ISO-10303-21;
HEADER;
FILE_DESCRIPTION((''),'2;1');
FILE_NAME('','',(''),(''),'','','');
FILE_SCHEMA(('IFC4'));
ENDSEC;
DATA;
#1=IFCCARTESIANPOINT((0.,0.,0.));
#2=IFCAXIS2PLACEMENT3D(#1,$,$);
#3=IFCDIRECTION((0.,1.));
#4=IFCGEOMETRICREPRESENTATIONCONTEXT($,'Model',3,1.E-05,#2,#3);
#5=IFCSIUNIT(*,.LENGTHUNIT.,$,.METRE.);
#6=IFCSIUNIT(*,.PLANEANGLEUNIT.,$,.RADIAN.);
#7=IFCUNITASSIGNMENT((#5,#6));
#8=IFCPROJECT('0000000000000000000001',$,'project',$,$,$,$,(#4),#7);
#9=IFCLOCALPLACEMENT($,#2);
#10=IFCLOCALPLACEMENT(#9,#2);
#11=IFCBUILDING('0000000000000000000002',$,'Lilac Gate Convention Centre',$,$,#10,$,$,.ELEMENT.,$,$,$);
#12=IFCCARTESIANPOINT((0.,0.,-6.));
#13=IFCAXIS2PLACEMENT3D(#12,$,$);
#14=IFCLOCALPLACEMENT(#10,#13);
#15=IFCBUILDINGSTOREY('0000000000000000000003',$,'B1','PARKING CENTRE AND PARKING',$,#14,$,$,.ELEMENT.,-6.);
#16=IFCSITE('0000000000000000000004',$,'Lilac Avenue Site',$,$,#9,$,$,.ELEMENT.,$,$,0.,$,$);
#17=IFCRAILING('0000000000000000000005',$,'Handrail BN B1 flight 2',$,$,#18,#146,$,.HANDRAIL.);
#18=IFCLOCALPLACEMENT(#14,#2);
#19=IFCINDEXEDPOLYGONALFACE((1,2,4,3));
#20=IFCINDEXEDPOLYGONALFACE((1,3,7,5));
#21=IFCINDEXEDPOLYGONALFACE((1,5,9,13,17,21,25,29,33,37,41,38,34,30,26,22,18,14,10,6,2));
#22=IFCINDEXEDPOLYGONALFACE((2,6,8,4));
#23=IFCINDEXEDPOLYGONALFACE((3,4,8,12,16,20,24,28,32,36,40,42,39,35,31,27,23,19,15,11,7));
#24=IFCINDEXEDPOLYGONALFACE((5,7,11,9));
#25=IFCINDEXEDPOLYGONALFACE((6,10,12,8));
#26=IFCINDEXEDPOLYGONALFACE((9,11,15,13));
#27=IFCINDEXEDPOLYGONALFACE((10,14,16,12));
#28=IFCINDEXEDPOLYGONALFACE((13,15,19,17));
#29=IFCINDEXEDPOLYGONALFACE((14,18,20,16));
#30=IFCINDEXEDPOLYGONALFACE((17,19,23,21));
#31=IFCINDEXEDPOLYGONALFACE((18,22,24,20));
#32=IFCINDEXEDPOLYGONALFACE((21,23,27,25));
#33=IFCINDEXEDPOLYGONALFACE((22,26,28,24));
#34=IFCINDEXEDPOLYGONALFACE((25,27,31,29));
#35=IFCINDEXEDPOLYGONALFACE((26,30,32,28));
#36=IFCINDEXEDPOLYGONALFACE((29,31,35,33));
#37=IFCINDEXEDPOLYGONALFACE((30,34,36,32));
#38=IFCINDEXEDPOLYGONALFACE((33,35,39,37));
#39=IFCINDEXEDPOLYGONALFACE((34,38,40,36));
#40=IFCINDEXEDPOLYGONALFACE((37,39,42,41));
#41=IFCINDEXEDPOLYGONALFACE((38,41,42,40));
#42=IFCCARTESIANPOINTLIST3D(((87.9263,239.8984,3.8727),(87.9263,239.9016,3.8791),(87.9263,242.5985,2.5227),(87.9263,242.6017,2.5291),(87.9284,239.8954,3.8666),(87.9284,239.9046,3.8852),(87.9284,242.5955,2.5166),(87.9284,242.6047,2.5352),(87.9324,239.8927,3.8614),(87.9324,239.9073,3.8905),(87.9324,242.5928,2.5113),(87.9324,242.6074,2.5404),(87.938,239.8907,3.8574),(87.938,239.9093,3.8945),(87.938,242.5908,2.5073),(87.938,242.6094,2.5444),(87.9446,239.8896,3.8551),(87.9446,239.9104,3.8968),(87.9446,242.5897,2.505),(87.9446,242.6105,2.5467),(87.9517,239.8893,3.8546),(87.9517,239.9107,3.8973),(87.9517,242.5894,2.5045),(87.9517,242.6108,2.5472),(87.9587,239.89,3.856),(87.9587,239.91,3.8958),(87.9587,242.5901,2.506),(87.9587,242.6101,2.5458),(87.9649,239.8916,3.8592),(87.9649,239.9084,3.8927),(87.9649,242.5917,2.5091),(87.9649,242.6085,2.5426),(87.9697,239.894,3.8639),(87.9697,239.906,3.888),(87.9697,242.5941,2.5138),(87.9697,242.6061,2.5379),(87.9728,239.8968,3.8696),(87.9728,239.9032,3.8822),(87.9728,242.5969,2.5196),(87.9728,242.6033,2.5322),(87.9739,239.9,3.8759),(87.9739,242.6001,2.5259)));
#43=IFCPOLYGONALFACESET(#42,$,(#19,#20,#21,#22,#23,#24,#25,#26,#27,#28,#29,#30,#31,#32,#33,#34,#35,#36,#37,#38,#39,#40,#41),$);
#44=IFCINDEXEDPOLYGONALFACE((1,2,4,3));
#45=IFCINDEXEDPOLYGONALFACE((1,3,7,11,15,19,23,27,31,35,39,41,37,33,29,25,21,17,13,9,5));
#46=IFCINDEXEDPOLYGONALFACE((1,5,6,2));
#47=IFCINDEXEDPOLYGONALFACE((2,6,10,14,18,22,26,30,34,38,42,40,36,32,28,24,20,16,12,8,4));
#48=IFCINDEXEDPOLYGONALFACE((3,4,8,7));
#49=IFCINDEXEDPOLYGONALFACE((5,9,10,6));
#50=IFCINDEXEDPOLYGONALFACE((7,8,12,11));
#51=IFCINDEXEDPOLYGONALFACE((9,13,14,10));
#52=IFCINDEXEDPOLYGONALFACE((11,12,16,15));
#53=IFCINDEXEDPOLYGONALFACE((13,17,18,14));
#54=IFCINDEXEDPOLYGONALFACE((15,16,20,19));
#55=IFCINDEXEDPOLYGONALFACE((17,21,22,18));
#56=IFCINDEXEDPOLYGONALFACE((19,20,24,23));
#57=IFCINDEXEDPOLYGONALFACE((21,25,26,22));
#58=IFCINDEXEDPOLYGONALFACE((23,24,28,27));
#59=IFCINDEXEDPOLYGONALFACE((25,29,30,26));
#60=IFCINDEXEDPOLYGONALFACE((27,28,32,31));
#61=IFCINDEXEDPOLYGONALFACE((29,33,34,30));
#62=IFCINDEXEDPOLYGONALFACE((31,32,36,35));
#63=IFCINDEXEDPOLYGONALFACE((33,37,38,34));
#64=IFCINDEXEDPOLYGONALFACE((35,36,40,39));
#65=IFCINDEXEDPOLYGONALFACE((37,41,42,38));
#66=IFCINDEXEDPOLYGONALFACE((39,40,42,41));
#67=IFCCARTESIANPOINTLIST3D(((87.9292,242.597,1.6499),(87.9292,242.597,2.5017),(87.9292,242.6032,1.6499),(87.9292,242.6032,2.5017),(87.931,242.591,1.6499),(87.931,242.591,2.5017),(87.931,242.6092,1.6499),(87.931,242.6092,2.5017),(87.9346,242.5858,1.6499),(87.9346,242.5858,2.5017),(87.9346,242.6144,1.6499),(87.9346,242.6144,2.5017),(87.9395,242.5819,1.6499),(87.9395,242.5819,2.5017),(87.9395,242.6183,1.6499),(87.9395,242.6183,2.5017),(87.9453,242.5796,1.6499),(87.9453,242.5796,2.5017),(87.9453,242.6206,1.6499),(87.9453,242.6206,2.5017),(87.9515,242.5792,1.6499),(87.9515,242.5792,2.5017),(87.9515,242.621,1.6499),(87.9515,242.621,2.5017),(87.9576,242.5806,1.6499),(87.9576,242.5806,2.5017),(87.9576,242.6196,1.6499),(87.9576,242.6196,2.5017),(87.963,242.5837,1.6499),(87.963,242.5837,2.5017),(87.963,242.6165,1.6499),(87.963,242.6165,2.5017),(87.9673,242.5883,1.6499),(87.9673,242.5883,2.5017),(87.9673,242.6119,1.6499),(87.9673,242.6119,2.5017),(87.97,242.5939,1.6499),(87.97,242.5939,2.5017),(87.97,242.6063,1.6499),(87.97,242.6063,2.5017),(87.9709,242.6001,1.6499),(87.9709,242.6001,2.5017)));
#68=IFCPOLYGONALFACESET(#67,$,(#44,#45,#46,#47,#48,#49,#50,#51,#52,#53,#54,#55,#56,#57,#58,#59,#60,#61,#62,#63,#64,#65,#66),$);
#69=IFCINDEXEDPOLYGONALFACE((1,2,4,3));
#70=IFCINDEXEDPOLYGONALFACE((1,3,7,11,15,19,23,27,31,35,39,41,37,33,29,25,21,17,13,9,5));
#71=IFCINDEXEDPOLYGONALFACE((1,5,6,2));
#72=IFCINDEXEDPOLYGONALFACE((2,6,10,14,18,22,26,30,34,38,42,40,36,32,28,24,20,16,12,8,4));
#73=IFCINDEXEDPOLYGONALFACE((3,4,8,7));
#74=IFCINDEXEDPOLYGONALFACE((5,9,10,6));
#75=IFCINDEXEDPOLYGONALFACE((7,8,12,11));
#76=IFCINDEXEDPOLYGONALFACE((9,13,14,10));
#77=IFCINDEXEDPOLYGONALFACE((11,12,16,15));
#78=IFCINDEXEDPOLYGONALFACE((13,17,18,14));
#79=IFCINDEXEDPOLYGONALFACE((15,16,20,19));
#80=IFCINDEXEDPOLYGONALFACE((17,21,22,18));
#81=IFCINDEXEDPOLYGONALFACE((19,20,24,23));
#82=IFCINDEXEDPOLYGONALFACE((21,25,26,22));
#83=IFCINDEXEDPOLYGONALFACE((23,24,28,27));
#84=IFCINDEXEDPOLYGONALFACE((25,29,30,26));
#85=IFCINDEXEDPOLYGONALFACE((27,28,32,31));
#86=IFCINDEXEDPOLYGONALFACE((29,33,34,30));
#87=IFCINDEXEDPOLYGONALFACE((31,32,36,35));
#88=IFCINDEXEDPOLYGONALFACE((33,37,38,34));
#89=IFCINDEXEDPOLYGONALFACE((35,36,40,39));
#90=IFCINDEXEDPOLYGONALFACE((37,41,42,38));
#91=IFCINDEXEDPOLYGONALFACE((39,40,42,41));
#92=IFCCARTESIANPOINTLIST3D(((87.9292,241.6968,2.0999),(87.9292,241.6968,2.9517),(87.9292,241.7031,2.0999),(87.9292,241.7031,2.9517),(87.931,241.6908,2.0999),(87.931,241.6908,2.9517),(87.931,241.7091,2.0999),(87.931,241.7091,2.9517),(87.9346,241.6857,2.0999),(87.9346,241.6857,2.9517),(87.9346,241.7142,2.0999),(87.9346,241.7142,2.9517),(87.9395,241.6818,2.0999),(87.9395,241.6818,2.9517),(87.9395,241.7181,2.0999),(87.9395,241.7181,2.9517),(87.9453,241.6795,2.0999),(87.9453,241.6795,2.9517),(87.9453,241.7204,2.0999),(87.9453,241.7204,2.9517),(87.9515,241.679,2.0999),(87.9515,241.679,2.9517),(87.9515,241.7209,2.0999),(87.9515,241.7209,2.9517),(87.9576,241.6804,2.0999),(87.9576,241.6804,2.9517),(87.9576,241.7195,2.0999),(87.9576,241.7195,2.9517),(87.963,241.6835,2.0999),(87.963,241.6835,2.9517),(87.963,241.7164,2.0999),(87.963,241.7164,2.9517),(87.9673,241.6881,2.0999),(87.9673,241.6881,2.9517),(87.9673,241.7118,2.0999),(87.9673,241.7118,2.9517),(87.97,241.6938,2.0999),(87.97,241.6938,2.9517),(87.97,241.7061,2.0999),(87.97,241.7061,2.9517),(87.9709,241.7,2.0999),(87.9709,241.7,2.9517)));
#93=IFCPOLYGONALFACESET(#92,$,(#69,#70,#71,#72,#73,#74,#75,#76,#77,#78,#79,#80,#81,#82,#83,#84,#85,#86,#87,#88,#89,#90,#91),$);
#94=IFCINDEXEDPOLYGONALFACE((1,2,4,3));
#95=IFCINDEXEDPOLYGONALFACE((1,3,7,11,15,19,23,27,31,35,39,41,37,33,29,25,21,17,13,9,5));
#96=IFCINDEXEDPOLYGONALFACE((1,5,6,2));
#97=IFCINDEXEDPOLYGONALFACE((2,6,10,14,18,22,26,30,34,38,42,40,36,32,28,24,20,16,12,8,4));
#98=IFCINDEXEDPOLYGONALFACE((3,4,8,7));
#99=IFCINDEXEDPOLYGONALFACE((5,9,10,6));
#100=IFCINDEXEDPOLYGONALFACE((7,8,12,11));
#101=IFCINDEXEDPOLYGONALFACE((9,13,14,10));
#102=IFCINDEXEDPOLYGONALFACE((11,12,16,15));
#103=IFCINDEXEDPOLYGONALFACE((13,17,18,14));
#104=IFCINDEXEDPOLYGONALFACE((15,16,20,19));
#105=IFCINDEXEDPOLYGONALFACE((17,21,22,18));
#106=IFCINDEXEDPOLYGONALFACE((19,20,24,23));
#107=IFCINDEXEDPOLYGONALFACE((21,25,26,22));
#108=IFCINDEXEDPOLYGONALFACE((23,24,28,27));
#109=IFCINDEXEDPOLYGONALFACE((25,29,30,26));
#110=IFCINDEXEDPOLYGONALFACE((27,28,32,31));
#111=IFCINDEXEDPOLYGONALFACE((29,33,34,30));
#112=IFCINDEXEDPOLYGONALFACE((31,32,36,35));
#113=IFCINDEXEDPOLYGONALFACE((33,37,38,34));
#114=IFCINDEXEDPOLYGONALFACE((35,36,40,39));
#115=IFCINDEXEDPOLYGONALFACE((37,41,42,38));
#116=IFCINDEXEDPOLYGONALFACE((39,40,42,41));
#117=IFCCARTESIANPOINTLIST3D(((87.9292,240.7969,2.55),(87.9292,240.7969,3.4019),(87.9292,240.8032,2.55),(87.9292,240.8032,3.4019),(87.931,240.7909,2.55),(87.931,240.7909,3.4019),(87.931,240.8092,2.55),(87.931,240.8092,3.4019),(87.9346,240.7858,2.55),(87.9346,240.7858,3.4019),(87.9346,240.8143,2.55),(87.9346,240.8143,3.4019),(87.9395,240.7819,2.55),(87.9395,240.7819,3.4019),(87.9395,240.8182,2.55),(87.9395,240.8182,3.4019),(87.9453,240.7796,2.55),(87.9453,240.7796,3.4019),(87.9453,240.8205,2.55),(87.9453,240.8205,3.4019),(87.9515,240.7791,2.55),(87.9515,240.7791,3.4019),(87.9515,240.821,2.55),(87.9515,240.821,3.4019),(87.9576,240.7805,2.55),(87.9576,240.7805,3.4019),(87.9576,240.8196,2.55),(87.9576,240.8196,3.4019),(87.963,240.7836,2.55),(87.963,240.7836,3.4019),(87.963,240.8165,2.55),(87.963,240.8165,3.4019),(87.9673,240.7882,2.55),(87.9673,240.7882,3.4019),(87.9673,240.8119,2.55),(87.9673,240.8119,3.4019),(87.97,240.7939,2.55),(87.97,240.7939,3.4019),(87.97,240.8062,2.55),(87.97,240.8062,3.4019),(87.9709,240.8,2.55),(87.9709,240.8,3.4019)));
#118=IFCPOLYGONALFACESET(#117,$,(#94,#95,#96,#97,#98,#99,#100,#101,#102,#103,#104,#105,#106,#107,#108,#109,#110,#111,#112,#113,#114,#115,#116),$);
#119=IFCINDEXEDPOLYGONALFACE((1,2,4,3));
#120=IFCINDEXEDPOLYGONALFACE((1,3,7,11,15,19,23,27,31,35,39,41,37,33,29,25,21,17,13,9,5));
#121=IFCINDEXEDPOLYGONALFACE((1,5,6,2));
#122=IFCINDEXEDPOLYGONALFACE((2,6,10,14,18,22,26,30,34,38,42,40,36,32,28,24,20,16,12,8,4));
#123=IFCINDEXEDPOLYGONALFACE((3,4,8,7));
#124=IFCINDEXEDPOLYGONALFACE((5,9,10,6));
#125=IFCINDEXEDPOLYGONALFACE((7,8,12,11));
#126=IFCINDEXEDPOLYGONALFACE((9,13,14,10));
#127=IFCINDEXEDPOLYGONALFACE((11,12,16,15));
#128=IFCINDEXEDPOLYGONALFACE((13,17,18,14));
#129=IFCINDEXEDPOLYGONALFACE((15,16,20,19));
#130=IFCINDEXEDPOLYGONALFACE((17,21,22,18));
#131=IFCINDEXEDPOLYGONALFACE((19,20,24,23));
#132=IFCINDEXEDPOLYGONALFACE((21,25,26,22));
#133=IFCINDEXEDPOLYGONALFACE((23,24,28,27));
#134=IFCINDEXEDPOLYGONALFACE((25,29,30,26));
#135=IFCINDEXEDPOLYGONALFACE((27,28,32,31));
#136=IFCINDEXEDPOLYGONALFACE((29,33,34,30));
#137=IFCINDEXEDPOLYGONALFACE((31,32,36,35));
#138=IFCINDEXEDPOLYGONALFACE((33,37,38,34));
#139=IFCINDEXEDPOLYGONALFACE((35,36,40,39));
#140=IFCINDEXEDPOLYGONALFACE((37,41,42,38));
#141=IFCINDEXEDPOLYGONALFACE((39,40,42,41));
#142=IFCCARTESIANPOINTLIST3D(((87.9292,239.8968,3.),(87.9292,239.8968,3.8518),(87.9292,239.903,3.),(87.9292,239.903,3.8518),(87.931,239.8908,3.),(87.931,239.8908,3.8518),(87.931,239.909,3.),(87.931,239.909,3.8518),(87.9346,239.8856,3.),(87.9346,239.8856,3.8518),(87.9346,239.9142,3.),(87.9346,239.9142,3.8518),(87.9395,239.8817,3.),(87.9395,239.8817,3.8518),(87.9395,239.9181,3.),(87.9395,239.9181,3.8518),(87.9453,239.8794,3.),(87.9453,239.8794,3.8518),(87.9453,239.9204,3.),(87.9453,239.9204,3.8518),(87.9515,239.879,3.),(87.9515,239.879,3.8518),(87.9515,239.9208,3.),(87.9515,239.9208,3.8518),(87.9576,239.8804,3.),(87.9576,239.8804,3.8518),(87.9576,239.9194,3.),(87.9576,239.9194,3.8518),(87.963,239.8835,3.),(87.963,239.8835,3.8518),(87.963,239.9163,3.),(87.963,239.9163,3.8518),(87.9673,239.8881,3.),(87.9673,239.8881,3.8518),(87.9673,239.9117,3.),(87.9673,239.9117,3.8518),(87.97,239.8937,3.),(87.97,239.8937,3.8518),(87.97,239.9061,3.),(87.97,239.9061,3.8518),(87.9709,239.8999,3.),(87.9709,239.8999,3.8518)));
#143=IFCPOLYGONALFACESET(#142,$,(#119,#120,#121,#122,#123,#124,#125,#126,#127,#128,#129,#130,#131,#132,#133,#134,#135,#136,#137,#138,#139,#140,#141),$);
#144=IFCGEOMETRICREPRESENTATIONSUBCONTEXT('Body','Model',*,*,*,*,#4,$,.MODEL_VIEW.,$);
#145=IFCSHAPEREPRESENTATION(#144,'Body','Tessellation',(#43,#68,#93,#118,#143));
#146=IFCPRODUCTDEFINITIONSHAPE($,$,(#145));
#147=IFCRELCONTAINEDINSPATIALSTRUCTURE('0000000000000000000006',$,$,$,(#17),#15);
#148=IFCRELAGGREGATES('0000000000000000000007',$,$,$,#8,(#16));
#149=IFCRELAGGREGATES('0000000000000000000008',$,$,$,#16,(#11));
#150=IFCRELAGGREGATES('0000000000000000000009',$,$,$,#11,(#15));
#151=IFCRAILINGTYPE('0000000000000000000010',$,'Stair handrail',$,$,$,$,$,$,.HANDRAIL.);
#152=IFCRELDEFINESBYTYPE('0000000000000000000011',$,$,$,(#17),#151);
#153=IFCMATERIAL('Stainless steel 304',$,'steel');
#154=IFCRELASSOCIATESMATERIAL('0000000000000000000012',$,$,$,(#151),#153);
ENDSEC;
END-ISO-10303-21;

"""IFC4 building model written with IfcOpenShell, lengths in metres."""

from ifc_helpers import new_model, si_unit, direction, frame, origin, origin_2d, place, context, subcontext, project, spatial, circle, extrude, material, type_object, element, save


model = new_model("IFC4")

# Units and contexts
model_context = context("Model", 3, precision=1e-05, world=origin(), true_north=direction((0.0, 1.0)))
body_context = subcontext(model_context, "Body", "Model", "MODEL_VIEW")
ifc_project = project(units=[si_unit("LENGTHUNIT", "METRE"), si_unit("PLANEANGLEUNIT", "RADIAN")], contexts=[model_context])

# Site, building, storey
site_placement = place(None, origin())
site = spatial("IfcSite", under=ifc_project, at=site_placement, Name="Lilac Avenue Site", CompositionType="ELEMENT", RefElevation=0.0)
building_placement = place(site_placement, origin())
building = spatial("IfcBuilding", under=site, at=building_placement, Name="Lilac Gate Convention Centre", CompositionType="ELEMENT")
storey_placement = place(building_placement, frame((0.0, 0.0, -6.0)))
storey = spatial("IfcBuildingStorey", under=building, at=storey_placement, Name="B1", Description="PARKING CENTRE AND PARKING", CompositionType="ELEMENT", Elevation=-6.0)

# Railing
ifc_material_1 = material(Name="Stainless steel 304", Category="steel")
railing_type = type_object("IfcRailingType", Name="Stair handrail", PredefinedType="HANDRAIL", material=ifc_material_1)
for number, where, name in (
    (1, (87.95, 242.6001, 1.6499), "Handrail BN B1 flight 2"),
):
    element("IfcRailing", number, at=place(storey_placement, frame(where)), inside=storey, type_object=railing_type, Name=name, PredefinedType="HANDRAIL", context=body_context, shape_type="SweptSolid", body=[
        extrude(circle(Radius=0.0239, at=origin_2d()), frame((0.0, 0.0, 0.876), z_axis=(0.0, -0.894427, 0.447214), x_axis=(1.0, 0.0, 0.0)), (0.0, 0.0, 1.0), 3.0188),
        extrude(circle(Radius=0.021, at=origin_2d()), origin(), (0.0, 0.0, 1.0), 0.8518),
        extrude(circle(Radius=0.021, at=origin_2d()), frame((0.0, -0.9001, 0.45)), (0.0, 0.0, 1.0), 0.8518),
        extrude(circle(Radius=0.021, at=origin_2d()), frame((0.0, -1.8, 0.9001)), (0.0, 0.0, 1.0), 0.8518),
        extrude(circle(Radius=0.021, at=origin_2d()), frame((0.0, -2.7002, 1.3501)), (0.0, 0.0, 1.0), 0.8518),
    ])

save(model, "model.ifc")
